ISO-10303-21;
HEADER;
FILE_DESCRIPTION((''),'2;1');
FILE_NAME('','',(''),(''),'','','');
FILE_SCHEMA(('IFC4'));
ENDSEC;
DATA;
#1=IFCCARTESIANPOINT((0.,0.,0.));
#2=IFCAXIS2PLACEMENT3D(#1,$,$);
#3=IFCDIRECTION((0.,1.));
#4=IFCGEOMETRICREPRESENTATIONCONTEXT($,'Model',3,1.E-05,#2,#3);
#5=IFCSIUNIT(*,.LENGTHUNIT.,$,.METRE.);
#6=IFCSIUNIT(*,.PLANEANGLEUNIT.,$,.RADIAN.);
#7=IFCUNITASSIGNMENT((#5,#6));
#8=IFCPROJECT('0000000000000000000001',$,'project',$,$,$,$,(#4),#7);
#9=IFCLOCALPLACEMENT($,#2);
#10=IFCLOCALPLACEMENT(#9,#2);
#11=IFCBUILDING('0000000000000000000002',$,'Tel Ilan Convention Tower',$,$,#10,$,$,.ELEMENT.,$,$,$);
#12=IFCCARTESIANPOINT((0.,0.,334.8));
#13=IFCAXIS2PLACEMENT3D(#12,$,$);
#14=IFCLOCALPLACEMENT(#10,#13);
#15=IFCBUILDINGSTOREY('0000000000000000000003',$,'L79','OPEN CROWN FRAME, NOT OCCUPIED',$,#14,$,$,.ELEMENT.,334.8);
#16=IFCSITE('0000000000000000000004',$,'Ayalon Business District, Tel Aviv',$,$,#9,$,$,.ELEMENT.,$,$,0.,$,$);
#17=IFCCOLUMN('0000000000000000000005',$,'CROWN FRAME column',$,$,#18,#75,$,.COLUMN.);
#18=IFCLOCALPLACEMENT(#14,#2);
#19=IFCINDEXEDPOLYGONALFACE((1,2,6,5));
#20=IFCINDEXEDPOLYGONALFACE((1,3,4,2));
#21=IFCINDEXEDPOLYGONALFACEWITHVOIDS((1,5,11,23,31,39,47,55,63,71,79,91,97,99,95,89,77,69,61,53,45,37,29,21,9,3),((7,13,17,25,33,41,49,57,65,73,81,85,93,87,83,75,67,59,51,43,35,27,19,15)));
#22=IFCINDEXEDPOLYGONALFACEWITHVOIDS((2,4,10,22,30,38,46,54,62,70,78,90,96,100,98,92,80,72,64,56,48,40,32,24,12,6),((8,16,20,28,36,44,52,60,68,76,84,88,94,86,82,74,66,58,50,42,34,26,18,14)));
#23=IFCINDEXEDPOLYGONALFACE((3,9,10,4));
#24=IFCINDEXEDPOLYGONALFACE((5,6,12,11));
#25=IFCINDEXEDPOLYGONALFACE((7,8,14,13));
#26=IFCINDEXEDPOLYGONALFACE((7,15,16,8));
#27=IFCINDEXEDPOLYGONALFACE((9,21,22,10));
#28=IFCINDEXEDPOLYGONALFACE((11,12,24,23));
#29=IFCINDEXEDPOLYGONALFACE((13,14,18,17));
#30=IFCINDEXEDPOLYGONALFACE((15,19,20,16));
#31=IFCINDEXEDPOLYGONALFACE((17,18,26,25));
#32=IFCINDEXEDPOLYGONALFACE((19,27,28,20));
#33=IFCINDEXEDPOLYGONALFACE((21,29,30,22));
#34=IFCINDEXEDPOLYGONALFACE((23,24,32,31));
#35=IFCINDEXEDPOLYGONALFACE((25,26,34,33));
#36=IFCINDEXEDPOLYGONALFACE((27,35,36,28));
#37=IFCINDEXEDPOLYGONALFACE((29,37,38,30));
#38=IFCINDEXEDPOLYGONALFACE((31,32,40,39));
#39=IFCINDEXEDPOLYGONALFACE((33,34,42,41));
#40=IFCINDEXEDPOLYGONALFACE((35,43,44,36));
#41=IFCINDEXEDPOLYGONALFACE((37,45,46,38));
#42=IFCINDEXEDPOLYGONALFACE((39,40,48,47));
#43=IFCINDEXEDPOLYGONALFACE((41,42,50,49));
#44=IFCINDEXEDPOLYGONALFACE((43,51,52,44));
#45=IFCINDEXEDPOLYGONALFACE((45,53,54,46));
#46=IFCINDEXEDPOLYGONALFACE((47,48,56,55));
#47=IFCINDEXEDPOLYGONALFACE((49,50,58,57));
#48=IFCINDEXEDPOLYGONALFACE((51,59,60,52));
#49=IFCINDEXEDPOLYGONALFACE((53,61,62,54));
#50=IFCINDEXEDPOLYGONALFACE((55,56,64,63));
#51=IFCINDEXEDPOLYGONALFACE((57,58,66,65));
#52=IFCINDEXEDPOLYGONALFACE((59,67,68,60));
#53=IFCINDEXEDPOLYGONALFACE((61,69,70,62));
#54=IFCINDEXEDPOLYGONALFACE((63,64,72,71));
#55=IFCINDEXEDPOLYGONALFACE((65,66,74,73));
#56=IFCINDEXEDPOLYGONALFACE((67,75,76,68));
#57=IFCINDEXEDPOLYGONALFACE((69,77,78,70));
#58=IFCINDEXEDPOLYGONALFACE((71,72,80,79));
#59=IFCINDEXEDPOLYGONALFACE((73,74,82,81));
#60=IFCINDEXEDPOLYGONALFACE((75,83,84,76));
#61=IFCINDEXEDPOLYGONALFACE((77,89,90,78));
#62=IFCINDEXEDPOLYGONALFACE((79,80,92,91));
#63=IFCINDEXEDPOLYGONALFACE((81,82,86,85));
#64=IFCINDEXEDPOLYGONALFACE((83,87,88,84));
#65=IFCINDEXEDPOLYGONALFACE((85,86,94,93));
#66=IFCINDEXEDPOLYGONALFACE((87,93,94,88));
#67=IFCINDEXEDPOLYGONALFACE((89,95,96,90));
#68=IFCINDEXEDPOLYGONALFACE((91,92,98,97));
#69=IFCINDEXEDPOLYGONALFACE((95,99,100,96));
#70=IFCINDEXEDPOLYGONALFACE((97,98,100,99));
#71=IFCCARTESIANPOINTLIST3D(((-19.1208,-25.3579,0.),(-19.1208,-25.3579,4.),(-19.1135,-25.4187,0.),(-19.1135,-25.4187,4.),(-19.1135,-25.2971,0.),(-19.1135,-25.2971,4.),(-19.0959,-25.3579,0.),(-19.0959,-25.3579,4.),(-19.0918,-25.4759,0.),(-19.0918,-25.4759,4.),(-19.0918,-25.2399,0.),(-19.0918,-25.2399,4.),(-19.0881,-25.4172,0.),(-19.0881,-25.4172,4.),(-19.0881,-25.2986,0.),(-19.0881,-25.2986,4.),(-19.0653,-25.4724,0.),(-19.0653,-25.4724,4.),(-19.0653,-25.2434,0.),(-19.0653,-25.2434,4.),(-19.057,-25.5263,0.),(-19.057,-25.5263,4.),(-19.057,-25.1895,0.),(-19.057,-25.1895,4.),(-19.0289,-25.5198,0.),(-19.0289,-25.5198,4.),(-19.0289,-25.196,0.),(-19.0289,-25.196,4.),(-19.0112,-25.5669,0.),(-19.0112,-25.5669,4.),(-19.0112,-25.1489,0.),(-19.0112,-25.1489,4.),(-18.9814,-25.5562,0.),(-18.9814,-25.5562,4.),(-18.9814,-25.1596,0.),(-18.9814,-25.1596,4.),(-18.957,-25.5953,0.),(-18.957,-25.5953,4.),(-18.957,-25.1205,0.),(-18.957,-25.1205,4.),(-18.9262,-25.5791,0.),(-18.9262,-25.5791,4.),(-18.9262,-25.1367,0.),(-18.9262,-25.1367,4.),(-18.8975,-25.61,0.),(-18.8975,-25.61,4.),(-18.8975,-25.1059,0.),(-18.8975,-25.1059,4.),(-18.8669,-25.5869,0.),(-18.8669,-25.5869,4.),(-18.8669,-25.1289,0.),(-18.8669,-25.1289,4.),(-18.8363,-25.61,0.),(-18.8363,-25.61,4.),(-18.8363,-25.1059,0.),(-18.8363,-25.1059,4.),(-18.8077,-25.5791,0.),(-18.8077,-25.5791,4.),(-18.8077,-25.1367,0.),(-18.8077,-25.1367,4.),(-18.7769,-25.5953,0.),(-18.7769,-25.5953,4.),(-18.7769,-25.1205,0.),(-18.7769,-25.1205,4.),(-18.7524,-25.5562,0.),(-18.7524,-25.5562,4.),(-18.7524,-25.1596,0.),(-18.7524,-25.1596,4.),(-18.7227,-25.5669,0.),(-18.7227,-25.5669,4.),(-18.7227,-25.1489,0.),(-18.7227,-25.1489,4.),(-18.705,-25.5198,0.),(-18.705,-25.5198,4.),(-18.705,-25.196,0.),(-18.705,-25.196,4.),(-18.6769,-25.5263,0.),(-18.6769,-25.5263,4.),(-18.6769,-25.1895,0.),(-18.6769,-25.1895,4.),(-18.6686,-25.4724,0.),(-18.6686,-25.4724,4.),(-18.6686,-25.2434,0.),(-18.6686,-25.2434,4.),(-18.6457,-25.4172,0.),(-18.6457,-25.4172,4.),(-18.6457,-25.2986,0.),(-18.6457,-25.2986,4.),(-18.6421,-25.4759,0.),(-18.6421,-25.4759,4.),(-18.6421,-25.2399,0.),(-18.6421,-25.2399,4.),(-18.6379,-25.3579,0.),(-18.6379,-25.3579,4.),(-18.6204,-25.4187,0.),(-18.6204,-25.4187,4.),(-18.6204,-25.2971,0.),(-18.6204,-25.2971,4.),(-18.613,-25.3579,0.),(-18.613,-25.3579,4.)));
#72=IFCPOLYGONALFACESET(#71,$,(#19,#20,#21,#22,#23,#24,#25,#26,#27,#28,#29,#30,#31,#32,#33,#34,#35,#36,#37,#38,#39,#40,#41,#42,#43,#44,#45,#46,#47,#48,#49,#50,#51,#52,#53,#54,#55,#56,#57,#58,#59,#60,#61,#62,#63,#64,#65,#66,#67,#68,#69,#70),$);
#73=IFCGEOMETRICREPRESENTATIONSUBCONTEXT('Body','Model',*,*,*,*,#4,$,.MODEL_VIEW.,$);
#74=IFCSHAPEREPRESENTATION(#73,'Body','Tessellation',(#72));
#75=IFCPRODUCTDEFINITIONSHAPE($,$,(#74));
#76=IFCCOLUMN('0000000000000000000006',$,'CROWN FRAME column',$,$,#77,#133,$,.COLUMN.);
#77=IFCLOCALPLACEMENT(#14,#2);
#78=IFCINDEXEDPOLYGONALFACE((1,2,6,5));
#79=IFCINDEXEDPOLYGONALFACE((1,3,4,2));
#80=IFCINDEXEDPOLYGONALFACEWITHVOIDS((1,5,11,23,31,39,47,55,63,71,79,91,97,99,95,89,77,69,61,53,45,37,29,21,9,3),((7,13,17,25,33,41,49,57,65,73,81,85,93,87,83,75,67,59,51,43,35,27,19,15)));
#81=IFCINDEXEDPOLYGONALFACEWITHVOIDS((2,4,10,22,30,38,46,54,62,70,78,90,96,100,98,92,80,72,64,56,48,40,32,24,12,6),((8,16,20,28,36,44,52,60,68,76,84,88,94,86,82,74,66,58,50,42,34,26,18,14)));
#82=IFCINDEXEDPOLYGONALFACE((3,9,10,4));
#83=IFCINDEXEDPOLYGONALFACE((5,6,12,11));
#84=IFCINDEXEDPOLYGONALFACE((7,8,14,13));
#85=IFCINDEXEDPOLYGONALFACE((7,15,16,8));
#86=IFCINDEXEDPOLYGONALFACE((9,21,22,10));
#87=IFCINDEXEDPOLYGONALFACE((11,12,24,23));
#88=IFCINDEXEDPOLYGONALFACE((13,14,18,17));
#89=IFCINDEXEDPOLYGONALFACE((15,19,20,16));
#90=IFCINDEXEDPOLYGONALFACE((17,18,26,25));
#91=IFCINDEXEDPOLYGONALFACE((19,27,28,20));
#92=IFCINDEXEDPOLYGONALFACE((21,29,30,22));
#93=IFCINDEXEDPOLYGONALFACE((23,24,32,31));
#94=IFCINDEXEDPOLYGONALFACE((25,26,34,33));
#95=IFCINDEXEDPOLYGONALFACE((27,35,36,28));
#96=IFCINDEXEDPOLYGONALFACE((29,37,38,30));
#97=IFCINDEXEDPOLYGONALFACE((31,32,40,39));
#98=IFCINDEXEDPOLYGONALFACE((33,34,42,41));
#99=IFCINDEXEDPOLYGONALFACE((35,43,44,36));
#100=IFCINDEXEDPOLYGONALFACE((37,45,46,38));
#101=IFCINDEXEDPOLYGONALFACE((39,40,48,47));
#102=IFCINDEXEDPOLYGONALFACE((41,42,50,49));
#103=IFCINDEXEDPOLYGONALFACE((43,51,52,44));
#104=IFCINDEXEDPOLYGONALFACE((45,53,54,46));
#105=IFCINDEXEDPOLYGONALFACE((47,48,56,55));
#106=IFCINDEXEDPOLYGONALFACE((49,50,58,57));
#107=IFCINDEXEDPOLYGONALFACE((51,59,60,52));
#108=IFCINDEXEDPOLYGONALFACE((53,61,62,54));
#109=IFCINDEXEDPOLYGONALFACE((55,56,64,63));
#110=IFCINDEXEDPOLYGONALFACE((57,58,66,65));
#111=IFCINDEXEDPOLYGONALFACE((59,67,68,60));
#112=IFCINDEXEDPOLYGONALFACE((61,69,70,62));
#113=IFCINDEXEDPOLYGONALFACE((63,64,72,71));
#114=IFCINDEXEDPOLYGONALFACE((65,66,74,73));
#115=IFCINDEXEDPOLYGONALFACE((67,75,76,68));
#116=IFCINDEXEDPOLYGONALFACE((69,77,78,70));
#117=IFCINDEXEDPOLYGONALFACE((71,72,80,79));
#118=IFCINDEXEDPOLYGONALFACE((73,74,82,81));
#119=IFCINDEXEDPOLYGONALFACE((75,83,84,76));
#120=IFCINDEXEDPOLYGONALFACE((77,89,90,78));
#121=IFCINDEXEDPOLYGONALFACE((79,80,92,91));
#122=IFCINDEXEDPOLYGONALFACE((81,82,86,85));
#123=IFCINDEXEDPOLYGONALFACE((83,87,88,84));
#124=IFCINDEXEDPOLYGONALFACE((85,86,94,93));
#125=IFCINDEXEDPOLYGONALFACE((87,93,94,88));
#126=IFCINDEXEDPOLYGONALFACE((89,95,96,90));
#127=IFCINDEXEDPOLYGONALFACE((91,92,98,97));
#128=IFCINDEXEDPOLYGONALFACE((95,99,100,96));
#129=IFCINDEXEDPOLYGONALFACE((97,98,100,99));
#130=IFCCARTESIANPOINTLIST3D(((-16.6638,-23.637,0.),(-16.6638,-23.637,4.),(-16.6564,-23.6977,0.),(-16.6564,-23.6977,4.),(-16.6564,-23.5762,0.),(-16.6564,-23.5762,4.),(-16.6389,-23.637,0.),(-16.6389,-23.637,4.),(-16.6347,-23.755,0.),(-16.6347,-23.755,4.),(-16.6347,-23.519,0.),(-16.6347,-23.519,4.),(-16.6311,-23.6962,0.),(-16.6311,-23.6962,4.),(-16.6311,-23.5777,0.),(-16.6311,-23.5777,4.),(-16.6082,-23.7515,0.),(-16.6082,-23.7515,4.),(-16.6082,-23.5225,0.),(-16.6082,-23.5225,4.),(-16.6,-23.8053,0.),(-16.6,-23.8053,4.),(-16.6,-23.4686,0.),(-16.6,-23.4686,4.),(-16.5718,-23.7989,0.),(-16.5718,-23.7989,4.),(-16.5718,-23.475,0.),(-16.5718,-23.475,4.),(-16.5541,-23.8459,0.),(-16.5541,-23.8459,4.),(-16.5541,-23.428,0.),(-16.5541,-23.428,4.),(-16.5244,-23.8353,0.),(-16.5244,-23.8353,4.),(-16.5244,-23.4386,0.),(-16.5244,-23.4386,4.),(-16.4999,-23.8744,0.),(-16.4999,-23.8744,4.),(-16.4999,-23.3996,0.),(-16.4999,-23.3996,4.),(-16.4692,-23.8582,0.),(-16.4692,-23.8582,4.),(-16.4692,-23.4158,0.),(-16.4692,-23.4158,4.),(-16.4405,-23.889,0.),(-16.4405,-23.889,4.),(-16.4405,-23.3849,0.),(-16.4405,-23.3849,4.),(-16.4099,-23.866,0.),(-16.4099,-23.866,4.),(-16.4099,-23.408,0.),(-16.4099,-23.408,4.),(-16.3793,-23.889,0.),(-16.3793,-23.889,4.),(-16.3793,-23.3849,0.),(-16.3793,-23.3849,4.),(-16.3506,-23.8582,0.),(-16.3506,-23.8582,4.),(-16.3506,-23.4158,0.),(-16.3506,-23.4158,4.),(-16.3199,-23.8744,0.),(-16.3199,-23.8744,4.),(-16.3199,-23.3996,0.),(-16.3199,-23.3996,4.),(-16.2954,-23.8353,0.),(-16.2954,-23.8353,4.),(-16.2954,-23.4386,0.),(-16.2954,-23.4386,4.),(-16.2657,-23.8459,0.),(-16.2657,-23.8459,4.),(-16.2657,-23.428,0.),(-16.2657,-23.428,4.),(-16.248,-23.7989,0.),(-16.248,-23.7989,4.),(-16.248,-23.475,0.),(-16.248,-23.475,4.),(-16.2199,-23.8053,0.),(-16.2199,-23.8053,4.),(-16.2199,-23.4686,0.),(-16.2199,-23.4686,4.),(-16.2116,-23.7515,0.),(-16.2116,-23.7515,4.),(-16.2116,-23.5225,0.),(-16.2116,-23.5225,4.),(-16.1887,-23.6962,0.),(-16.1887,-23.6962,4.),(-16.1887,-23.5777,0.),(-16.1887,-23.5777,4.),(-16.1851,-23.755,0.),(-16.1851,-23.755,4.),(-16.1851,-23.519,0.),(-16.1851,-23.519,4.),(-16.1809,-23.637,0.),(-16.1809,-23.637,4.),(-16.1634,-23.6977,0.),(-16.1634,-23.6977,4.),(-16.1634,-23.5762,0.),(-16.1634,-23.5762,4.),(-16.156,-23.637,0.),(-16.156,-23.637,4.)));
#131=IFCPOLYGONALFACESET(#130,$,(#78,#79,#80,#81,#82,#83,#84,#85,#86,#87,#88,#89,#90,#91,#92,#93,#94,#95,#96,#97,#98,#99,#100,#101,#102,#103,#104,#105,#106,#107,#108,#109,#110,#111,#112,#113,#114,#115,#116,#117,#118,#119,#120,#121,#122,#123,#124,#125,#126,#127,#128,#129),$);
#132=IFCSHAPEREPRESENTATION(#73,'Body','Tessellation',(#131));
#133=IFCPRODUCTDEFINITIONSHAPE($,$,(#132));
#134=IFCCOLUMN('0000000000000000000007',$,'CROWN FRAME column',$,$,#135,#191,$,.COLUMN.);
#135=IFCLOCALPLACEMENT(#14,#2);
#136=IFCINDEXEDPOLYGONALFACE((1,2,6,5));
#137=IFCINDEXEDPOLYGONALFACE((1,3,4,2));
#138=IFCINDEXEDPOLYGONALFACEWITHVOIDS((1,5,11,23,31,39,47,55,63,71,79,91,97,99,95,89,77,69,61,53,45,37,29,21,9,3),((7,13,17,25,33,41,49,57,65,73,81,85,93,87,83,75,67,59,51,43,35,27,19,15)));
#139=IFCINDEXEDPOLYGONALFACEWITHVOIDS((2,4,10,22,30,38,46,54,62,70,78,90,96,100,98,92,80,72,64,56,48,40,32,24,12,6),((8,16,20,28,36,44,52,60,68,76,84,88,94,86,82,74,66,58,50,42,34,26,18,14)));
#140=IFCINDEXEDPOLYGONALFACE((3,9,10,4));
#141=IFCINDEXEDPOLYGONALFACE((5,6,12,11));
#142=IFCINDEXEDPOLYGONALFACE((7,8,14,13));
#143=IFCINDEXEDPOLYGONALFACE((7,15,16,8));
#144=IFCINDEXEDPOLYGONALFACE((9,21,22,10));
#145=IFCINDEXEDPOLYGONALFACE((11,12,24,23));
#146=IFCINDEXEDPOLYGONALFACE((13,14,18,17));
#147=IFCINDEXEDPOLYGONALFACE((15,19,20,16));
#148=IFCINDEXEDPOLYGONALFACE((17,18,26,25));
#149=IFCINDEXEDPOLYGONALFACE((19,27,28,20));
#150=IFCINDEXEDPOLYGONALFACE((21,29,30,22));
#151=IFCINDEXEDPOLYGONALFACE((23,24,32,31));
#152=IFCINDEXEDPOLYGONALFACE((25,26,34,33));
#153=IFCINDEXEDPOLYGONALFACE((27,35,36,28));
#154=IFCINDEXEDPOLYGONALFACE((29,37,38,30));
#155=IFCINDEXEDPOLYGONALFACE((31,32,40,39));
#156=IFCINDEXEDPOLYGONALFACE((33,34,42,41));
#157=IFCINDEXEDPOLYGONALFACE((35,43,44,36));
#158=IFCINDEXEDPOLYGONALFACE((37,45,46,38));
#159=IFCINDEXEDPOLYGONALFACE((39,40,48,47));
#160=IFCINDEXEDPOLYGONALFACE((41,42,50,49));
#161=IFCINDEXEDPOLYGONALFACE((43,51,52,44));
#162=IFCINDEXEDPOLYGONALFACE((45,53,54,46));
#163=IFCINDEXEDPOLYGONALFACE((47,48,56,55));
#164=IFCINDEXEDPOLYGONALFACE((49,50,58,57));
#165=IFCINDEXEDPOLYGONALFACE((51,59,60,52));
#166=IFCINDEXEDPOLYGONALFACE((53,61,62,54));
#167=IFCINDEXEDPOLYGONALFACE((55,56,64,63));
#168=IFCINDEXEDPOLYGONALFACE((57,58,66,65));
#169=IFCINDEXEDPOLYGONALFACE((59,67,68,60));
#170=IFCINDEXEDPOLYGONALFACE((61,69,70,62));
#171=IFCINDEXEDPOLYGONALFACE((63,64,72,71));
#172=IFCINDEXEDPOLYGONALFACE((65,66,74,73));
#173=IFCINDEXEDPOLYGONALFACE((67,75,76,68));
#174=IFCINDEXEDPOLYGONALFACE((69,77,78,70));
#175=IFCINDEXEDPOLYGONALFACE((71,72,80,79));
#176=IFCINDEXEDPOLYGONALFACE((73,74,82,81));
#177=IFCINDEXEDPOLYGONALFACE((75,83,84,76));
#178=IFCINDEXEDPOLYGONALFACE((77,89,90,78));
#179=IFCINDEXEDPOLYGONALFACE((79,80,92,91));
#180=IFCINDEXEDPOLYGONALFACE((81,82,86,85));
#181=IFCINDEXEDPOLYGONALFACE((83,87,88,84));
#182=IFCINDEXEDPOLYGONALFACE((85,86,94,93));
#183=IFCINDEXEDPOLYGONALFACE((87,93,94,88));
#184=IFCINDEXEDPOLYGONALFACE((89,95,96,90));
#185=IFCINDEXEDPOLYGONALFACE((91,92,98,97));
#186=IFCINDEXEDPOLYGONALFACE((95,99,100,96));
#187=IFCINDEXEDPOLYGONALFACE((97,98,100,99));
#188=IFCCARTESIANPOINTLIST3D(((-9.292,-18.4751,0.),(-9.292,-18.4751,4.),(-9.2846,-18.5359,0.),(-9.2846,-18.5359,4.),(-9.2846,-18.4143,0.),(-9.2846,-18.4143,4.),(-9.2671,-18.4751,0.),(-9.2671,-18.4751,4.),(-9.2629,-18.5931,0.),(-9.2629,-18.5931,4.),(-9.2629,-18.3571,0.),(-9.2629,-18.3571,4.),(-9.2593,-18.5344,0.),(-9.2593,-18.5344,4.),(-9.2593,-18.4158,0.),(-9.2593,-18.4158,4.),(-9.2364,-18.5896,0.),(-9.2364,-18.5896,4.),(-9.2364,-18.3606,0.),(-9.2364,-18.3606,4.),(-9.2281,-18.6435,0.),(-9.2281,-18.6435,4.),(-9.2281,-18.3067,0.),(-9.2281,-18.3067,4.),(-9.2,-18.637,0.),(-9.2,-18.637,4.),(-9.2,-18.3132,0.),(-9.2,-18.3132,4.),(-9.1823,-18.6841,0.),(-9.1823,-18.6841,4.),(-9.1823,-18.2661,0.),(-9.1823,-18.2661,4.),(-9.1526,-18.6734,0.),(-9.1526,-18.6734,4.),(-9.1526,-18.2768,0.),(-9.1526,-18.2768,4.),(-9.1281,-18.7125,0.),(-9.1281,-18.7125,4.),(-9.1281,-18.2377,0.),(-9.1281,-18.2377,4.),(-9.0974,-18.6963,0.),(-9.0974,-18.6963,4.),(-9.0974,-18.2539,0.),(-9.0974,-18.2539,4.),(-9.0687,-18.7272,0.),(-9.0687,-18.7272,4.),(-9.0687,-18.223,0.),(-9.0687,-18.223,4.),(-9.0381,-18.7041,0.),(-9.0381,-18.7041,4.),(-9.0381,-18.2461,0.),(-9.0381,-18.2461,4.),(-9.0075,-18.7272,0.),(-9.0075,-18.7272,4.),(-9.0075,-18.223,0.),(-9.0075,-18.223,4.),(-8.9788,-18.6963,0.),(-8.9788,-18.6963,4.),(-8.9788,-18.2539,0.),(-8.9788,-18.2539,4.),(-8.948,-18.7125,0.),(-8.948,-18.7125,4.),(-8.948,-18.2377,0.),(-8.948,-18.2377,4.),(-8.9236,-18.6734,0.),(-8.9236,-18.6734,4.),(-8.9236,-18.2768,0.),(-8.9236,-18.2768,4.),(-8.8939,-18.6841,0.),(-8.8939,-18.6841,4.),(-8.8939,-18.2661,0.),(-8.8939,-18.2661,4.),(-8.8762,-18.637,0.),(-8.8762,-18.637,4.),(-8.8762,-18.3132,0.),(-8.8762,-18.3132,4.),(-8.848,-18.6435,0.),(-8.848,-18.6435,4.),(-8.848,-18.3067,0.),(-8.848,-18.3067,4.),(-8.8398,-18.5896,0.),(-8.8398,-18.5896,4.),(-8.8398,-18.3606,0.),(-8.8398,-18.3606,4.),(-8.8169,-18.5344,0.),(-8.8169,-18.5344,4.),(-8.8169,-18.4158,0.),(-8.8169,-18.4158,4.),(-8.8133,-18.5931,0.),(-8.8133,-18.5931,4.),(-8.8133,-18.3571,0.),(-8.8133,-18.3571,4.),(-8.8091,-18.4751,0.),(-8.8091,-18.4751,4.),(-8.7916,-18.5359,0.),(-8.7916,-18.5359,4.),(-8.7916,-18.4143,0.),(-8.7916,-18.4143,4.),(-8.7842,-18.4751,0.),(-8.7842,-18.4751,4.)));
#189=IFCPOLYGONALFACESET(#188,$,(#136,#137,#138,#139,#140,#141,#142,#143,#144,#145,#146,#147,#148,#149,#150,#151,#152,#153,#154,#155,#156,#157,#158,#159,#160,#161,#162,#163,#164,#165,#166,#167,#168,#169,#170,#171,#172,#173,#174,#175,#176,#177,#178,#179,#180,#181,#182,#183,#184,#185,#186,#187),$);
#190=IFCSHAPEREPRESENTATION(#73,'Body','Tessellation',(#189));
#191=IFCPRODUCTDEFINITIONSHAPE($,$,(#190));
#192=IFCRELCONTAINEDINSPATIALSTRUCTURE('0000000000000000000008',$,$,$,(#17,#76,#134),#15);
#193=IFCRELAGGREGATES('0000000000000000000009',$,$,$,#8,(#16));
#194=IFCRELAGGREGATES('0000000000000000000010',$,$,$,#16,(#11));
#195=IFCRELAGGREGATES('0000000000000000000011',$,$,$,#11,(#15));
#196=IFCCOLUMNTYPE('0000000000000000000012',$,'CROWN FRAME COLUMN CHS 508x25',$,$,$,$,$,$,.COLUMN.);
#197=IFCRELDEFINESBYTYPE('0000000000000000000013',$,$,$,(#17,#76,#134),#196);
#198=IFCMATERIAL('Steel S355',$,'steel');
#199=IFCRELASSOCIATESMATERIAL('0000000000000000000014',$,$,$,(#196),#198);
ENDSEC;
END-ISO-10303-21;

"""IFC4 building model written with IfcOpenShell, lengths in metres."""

from ifc_helpers import new_model, si_unit, direction, frame, origin, origin_2d, place, context, subcontext, project, spatial, hollow_circle, extrude, material, material_profile, profile_set, type_object, element, save


model = new_model("IFC4")

# Units and contexts
model_context = context("Model", 3, precision=1e-05, world=origin(), true_north=direction((0.0, 1.0)))
body_context = subcontext(model_context, "Body", "Model", "MODEL_VIEW")
ifc_project = project(units=[si_unit("LENGTHUNIT", "METRE"), si_unit("PLANEANGLEUNIT", "RADIAN")], contexts=[model_context])

# Site, building, storey
site_placement = place(None, origin())
site = spatial("IfcSite", under=ifc_project, at=site_placement, Name="Ayalon Business District, Tel Aviv", CompositionType="ELEMENT", RefElevation=0.0)
building_placement = place(site_placement, origin())
building = spatial("IfcBuilding", under=site, at=building_placement, Name="Tel Ilan Convention Tower", CompositionType="ELEMENT")
storey_placement = place(building_placement, frame((0.0, 0.0, 334.8)))
storey = spatial("IfcBuildingStorey", under=building, at=storey_placement, Name="L79", Description="OPEN CROWN FRAME, NOT OCCUPIED", CompositionType="ELEMENT", Elevation=334.8)

# Columns
ifc_material_1 = material(Name="Steel S355", Category="steel")
ifc_material_profile_1 = material_profile(ifc_material_1, hollow_circle(Radius=0.2539, WallThickness=0.0249, at=origin_2d()), Name="CHS 508x25")
ifc_profile_set_1 = profile_set([ifc_material_profile_1], Name="Steel S355")
column_type = type_object("IfcColumnType", Name="CROWN FRAME COLUMN CHS 508x25", PredefinedType="COLUMN", material=ifc_profile_set_1)
for number, where, z_axis, x_axis, name in (
    (1, (-18.8669, -25.3579, 0.0), (0.0, 0.0, 1.0), (1.0, 0.0, 0.0), "CROWN FRAME column"),
    (2, (-16.4099, -23.637, 0.0), (0.0, 0.0, 1.0), (1.0, 0.0, 0.0), "CROWN FRAME column"),
    (3, (-9.0381, -18.4751, 0.0), (0.0, 0.0, 1.0), (1.0, 0.0, 0.0), "CROWN FRAME column"),
):
    element("IfcColumn", number, at=place(storey_placement, frame(where, z_axis=z_axis, x_axis=x_axis)), inside=storey, type_object=column_type, Name=name, PredefinedType="COLUMN", context=body_context, shape_type="SweptSolid", body=[
        extrude(hollow_circle(Radius=0.2539, WallThickness=0.0249, at=origin_2d()), origin(), (0.0, 0.0, 1.0), 4.0),
    ])

save(model, "model.ifc")
